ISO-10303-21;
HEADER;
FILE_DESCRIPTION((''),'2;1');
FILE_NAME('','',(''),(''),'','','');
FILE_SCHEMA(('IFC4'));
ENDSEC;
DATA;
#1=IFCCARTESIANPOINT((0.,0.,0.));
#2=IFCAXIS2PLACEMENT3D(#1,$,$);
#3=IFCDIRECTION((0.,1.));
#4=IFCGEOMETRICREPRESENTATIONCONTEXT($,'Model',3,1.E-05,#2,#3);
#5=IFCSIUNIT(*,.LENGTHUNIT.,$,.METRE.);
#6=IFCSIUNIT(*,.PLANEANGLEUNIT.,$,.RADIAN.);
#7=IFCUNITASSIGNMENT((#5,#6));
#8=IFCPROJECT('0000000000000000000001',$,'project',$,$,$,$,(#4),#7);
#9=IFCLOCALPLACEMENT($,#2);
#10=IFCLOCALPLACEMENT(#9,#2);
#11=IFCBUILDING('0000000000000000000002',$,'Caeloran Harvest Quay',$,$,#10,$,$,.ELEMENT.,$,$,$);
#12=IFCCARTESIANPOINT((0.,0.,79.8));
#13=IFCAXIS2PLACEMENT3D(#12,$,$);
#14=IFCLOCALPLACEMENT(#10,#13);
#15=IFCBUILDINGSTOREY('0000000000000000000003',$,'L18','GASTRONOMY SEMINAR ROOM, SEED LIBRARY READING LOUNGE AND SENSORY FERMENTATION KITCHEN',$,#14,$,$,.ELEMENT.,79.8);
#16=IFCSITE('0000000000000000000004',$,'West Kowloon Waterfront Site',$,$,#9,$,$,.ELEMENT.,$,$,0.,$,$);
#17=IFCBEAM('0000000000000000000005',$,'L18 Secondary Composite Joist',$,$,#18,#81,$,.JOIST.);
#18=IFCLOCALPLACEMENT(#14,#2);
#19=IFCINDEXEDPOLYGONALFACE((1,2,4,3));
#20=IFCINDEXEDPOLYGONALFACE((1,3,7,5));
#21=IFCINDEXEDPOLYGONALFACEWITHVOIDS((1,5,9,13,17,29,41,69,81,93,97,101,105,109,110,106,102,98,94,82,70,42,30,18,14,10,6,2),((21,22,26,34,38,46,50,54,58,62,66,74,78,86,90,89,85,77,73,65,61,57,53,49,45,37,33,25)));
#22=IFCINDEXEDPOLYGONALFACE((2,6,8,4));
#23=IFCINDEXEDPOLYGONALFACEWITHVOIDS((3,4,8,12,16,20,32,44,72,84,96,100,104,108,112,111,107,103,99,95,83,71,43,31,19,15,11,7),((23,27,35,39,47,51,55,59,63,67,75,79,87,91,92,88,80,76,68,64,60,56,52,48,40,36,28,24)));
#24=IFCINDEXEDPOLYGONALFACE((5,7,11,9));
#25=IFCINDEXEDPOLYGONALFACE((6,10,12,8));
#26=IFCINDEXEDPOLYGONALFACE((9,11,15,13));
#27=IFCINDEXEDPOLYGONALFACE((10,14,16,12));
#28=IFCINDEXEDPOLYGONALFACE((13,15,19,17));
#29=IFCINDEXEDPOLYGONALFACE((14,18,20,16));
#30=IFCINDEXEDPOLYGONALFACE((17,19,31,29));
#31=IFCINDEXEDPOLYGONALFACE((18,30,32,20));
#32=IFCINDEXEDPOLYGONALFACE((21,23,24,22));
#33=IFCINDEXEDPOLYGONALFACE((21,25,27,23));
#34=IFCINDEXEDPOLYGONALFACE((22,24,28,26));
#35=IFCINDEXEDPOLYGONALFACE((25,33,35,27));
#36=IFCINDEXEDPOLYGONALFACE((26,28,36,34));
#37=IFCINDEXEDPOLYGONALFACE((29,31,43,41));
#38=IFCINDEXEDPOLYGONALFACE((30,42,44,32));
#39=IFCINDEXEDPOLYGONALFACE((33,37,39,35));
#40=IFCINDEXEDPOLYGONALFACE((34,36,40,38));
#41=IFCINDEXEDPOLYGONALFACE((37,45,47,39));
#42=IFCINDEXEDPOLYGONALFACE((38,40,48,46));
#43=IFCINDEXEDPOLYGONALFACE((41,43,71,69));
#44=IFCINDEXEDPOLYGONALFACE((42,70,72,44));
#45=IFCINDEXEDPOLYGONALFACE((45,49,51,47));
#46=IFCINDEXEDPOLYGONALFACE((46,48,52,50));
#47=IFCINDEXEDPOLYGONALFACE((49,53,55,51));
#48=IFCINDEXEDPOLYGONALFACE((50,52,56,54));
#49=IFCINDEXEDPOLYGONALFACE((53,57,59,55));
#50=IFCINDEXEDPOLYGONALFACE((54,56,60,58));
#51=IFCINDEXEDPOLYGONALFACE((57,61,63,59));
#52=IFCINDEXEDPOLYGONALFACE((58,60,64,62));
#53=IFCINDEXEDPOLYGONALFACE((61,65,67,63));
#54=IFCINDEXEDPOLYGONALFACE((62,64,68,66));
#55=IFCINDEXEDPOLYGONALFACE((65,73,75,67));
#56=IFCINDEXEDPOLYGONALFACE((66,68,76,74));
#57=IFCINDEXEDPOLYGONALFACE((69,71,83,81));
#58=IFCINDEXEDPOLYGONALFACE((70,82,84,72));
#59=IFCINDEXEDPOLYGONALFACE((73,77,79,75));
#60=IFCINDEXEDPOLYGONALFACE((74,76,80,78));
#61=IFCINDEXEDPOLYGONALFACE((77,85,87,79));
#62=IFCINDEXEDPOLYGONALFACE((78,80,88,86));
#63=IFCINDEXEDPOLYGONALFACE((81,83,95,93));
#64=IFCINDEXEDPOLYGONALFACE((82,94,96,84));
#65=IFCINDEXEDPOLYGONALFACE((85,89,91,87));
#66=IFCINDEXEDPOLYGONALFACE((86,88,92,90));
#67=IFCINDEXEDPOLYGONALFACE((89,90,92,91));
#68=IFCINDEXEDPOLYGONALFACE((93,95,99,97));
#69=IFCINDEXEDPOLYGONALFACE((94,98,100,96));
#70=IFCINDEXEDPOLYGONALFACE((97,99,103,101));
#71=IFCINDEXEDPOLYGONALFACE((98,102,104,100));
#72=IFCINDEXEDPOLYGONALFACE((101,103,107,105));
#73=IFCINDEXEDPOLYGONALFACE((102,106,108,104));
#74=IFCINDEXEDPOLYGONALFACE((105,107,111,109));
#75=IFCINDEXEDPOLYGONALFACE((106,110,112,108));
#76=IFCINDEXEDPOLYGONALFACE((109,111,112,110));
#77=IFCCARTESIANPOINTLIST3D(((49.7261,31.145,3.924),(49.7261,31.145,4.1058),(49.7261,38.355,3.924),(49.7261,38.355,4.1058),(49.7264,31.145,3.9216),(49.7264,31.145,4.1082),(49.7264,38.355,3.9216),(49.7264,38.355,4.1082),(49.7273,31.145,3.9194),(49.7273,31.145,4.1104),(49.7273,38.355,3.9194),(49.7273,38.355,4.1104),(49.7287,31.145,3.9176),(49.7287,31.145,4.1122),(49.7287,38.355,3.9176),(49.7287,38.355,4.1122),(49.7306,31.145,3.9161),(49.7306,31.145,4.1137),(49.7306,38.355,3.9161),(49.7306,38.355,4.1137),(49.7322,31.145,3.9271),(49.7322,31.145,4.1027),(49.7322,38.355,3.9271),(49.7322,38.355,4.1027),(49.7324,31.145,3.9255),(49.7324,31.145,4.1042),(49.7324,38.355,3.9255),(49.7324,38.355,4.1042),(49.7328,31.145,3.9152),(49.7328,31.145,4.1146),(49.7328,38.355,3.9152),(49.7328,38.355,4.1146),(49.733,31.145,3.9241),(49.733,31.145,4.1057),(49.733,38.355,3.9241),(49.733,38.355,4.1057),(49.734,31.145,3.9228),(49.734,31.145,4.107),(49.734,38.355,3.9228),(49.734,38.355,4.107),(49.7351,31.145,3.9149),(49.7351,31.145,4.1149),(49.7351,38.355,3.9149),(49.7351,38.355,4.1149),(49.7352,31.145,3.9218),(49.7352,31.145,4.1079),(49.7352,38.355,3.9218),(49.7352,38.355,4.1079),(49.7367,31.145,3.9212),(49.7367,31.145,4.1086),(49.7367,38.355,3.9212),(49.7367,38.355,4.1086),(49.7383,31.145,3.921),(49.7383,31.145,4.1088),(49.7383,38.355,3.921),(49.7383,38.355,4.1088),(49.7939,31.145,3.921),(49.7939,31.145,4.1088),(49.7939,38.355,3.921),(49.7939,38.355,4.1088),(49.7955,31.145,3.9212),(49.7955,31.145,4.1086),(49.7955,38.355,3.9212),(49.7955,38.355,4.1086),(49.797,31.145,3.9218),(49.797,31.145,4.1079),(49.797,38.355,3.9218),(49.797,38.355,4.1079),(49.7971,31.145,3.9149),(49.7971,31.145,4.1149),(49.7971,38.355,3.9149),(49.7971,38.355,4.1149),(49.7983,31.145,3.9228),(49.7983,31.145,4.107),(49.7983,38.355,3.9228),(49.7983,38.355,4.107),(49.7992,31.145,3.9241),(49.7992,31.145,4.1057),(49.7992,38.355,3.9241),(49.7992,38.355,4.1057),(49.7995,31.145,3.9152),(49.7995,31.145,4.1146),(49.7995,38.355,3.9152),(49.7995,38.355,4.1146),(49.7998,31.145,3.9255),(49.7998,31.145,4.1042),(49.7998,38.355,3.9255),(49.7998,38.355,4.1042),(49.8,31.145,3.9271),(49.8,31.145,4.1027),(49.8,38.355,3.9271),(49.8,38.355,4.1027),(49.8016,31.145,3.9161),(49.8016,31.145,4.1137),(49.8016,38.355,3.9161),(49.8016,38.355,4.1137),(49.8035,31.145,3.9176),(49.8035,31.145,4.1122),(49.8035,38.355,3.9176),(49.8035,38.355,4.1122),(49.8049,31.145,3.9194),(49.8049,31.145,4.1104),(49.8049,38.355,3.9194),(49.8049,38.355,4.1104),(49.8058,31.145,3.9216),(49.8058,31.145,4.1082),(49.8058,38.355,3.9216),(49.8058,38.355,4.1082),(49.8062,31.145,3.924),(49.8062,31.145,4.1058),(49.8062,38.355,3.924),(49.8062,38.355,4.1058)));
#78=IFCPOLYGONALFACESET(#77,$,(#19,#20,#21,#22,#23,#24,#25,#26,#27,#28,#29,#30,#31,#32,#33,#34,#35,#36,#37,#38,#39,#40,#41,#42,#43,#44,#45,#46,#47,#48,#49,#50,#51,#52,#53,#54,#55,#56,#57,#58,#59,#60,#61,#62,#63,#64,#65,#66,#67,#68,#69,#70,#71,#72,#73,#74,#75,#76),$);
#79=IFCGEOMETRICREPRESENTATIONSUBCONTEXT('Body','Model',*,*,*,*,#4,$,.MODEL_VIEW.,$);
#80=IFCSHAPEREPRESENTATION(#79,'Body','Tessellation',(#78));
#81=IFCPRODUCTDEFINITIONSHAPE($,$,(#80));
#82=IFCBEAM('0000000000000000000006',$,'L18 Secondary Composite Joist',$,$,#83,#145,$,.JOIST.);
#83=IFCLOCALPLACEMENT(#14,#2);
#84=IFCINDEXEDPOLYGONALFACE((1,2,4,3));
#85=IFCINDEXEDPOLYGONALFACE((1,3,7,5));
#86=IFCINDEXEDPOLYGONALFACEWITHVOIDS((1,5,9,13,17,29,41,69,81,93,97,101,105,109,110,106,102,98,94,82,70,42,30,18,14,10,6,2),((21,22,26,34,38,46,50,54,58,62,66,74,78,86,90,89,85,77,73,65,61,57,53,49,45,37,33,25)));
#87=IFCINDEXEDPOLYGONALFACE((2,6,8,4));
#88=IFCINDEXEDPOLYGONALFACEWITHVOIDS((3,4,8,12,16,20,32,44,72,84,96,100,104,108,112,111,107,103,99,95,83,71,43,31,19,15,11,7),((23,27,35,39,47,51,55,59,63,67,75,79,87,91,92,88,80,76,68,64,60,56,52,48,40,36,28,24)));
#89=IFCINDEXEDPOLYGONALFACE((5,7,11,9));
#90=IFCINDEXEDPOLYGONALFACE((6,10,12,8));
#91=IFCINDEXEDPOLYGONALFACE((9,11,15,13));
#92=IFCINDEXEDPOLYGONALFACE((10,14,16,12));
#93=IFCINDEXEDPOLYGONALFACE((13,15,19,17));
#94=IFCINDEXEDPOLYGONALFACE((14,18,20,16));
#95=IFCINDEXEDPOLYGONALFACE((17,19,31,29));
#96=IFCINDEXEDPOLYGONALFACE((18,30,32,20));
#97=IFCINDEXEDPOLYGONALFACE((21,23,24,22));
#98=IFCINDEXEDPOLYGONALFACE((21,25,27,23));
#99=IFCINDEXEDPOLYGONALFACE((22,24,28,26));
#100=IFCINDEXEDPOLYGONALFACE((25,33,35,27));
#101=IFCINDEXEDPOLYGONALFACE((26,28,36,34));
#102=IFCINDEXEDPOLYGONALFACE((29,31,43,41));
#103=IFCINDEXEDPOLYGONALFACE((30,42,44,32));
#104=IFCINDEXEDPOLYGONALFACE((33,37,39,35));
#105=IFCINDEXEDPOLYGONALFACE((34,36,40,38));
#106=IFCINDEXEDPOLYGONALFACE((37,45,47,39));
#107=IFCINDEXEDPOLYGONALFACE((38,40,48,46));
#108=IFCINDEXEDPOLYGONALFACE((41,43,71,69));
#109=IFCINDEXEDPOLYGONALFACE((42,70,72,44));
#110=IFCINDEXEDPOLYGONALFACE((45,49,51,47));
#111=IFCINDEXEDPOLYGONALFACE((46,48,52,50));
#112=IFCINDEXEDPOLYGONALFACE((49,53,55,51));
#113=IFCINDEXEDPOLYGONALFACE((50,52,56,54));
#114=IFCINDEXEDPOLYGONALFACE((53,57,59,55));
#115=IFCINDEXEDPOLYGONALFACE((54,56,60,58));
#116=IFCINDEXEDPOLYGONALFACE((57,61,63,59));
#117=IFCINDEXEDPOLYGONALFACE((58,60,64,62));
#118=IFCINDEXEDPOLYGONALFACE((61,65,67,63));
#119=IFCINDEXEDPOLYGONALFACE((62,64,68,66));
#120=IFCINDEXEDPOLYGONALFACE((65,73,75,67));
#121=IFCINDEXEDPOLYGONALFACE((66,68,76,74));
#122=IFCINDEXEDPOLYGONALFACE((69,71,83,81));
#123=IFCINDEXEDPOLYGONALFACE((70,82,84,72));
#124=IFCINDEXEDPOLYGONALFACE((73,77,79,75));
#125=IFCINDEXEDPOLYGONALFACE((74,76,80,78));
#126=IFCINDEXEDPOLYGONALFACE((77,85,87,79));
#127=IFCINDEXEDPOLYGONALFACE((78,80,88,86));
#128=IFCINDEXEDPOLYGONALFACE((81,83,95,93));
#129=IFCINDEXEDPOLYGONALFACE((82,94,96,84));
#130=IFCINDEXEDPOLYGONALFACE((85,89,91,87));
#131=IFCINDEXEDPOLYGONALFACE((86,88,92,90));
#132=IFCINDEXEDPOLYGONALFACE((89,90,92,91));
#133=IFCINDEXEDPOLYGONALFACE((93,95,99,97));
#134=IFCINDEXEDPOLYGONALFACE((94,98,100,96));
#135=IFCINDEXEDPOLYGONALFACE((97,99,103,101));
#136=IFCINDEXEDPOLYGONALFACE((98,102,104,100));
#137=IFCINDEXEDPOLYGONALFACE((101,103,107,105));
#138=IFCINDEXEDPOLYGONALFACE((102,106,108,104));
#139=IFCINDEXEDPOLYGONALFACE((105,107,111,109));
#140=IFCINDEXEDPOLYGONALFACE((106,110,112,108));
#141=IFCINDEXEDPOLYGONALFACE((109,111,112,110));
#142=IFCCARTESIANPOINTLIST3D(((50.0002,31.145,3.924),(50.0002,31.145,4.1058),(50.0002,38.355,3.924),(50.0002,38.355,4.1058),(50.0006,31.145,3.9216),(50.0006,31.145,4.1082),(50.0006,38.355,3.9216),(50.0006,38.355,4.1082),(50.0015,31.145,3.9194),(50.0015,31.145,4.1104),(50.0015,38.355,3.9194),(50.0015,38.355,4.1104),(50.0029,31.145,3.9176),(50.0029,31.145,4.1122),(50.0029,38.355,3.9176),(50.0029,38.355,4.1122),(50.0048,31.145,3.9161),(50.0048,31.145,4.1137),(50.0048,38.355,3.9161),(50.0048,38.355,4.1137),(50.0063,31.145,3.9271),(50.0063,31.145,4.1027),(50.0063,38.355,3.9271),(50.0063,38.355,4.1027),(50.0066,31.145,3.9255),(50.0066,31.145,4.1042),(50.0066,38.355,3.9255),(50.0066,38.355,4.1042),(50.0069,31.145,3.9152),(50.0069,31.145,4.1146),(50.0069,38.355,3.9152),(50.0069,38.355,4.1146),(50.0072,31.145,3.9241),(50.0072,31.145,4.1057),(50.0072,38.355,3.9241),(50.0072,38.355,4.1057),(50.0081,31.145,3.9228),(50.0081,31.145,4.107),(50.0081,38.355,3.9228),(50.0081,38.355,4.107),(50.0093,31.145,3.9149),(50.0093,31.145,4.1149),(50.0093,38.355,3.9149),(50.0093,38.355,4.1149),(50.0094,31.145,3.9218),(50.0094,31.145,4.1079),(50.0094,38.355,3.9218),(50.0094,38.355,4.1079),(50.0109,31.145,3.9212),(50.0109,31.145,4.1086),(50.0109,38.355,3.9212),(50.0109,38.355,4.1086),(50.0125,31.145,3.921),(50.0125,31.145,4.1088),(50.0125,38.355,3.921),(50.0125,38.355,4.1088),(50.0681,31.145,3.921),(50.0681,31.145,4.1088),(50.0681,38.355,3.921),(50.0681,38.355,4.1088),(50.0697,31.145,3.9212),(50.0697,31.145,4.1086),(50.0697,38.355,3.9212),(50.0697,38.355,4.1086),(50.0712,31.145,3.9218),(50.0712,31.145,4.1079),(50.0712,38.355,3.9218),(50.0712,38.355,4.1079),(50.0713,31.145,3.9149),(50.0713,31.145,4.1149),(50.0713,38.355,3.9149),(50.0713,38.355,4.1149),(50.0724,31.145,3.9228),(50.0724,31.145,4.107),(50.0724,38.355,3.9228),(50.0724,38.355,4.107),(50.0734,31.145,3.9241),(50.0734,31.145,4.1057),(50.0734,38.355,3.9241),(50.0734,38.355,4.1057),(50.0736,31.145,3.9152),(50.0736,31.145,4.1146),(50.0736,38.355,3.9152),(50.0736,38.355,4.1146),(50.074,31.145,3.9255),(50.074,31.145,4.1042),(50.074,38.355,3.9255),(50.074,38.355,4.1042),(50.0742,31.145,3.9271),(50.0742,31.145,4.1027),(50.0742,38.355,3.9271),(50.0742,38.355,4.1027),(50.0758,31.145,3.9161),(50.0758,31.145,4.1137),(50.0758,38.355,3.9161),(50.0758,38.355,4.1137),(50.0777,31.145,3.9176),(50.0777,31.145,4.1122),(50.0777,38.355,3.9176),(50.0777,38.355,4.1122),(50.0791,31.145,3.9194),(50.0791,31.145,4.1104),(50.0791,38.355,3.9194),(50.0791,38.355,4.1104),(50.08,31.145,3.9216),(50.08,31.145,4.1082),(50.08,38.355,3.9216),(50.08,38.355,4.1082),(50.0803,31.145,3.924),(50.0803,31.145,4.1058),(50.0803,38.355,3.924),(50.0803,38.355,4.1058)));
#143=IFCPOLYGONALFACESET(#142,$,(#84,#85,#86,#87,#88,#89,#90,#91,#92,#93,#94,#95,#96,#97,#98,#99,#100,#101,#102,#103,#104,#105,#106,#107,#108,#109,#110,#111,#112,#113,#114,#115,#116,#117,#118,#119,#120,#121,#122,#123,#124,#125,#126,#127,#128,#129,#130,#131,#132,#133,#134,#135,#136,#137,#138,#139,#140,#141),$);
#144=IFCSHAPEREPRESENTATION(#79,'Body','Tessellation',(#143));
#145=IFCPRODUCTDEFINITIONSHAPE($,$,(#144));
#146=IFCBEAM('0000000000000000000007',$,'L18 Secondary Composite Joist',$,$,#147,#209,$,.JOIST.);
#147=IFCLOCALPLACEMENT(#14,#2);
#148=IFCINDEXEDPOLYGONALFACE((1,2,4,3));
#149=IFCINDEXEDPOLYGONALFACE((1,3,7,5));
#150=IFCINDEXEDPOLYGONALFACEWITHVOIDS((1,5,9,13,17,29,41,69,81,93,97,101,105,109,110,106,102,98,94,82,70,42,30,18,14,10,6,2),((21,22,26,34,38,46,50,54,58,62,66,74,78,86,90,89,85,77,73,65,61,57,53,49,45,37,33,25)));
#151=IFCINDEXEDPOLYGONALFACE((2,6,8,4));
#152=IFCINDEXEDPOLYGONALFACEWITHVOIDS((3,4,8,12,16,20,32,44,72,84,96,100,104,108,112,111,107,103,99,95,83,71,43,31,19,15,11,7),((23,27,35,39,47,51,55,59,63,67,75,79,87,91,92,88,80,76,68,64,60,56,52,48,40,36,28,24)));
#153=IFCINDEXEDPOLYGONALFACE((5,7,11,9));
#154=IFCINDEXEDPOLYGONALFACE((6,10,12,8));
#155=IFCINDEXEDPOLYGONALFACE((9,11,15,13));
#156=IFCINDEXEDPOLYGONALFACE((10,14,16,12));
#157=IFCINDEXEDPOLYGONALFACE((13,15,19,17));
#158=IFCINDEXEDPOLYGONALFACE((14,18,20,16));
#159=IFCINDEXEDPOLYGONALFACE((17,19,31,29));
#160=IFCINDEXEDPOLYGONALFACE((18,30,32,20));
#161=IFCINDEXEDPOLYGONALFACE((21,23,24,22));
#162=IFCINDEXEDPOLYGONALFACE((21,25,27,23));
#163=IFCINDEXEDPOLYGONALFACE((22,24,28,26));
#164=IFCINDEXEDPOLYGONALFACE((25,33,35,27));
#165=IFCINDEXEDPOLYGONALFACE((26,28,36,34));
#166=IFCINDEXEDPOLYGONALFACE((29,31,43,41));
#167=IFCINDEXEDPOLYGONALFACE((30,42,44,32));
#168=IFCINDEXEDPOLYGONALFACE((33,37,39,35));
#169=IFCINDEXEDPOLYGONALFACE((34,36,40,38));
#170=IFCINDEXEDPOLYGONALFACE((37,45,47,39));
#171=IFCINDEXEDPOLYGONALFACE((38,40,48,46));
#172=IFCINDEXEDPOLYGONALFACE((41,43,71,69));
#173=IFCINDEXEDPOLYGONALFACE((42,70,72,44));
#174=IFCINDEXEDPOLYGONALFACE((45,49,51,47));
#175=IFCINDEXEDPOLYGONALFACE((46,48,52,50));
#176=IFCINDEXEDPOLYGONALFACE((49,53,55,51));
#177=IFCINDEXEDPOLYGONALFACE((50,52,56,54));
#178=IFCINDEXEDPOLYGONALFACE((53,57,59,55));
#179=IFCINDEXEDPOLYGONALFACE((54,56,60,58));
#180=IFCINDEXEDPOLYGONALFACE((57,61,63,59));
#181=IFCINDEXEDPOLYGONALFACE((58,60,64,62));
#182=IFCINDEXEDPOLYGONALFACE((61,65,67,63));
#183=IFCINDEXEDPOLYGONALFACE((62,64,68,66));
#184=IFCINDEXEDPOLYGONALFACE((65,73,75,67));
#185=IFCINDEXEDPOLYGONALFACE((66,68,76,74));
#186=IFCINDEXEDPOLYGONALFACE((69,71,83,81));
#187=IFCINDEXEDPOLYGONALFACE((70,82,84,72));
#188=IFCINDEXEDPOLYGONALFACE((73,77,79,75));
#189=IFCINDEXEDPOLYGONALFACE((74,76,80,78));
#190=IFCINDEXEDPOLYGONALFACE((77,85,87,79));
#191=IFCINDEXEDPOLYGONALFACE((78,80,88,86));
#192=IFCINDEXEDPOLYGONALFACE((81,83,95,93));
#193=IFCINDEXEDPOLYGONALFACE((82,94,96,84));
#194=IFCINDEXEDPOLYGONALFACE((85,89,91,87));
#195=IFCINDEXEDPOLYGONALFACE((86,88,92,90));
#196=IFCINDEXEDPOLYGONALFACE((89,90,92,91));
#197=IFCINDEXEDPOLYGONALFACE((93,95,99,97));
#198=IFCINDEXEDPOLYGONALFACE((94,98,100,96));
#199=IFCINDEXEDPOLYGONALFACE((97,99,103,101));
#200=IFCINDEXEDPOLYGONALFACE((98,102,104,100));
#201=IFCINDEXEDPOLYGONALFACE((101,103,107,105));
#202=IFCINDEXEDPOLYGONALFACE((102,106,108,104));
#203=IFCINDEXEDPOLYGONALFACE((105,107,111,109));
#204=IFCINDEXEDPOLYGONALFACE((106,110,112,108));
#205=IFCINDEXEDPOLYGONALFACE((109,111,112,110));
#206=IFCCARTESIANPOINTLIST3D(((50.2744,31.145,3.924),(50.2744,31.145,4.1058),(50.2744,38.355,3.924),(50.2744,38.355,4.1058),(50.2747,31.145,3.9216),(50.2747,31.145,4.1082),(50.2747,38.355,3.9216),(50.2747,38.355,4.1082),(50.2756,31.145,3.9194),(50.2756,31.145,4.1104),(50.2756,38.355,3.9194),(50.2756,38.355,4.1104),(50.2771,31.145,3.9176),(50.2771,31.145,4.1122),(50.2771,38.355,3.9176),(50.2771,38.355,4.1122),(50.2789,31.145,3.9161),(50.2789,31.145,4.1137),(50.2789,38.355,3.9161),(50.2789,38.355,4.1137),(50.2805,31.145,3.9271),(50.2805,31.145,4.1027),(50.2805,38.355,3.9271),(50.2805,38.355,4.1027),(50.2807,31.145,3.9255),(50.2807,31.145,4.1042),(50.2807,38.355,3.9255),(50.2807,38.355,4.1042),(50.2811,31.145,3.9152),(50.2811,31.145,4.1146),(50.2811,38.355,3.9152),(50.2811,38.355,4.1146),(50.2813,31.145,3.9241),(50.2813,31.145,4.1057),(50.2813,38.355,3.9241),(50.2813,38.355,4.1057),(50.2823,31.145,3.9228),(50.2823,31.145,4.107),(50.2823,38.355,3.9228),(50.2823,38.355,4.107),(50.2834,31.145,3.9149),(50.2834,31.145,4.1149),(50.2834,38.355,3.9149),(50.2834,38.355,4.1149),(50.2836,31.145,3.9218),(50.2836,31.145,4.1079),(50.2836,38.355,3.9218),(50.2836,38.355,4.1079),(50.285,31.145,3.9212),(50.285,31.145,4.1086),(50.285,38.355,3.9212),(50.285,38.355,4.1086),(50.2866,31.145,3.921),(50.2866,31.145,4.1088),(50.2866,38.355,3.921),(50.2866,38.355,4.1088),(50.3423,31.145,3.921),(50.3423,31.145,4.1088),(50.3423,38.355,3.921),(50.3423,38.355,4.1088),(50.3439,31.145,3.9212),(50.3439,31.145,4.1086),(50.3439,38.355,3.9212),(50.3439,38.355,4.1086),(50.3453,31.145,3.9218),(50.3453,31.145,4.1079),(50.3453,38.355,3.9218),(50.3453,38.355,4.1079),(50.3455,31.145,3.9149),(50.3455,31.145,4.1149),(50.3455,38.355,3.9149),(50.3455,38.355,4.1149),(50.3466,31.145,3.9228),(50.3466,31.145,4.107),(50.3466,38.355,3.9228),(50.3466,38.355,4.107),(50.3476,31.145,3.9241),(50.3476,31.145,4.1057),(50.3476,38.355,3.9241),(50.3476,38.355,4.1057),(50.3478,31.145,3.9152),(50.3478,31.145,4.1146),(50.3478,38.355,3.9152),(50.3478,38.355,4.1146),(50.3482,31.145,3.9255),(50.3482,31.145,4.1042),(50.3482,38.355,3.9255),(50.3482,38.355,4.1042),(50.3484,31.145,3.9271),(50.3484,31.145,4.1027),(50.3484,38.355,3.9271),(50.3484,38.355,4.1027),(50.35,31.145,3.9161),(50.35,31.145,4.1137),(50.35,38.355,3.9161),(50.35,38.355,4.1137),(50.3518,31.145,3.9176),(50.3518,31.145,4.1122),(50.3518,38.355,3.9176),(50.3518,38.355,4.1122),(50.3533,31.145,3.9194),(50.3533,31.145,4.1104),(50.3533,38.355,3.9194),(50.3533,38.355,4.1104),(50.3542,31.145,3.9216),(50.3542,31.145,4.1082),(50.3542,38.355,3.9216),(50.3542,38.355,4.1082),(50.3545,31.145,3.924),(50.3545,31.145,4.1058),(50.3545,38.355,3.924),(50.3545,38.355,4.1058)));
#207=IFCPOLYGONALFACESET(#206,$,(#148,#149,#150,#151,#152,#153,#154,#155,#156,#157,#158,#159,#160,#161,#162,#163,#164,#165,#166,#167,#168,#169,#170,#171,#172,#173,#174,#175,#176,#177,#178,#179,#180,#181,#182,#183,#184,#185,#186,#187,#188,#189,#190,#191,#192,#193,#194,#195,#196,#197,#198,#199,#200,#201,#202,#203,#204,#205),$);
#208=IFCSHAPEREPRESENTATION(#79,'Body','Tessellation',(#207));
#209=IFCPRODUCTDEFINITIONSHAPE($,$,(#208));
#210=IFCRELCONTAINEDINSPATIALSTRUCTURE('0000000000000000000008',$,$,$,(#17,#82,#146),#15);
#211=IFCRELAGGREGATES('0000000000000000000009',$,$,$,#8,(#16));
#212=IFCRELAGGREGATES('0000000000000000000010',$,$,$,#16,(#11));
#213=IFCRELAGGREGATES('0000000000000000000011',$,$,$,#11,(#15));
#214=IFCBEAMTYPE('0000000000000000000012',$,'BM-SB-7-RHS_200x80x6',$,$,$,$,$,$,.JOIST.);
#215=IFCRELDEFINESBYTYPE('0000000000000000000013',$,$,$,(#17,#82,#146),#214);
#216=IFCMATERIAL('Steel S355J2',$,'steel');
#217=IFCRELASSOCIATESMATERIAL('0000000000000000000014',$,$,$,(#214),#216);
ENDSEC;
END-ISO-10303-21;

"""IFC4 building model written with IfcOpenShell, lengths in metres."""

from ifc_helpers import new_model, si_unit, direction, frame, origin, origin_2d, place, context, subcontext, project, spatial, hollow_rectangle, extrude, material, material_profile, profile_set, type_object, element, save


model = new_model("IFC4")

# Units and contexts
model_context = context("Model", 3, precision=1e-05, world=origin(), true_north=direction((0.0, 1.0)))
body_context = subcontext(model_context, "Body", "Model", "MODEL_VIEW")
ifc_project = project(units=[si_unit("LENGTHUNIT", "METRE"), si_unit("PLANEANGLEUNIT", "RADIAN")], contexts=[model_context])

# Site, building, storey
site_placement = place(None, origin())
site = spatial("IfcSite", under=ifc_project, at=site_placement, Name="West Kowloon Waterfront Site", CompositionType="ELEMENT", RefElevation=0.0)
building_placement = place(site_placement, origin())
building = spatial("IfcBuilding", under=site, at=building_placement, Name="Caeloran Harvest Quay", CompositionType="ELEMENT")
storey_placement = place(building_placement, frame((0.0, 0.0, 79.8)))
storey = spatial("IfcBuildingStorey", under=building, at=storey_placement, Name="L18", Description="GASTRONOMY SEMINAR ROOM, SEED LIBRARY READING LOUNGE AND SENSORY FERMENTATION KITCHEN", CompositionType="ELEMENT", Elevation=79.8)

# Beams
ifc_material_1 = material(Name="Steel S355J2", Category="steel")
ifc_material_profile_1 = material_profile(ifc_material_1, hollow_rectangle(XDim=0.0801, YDim=0.2, WallThickness=0.0061, InnerFilletRadius=0.0061, OuterFilletRadius=0.009, at=origin_2d()), Name="RHS 200x80x6")
ifc_profile_set_1 = profile_set([ifc_material_profile_1], Name="Steel S355J2")
beam_type_1 = type_object("IfcBeamType", Name="BM-SB-7-RHS_200x80x6", PredefinedType="JOIST", material=ifc_profile_set_1)
for number, where, z_axis, x_axis, name in (
    (1, (49.7661, 31.145, 4.0149), (0.0, 1.0, 0.0), (-1.0, 0.0, 0.0), "L18 Secondary Composite Joist"),
    (2, (50.0403, 31.145, 4.0149), (0.0, 1.0, 0.0), (-1.0, 0.0, 0.0), "L18 Secondary Composite Joist"),
    (3, (50.3145, 31.145, 4.0149), (0.0, 1.0, 0.0), (-1.0, 0.0, 0.0), "L18 Secondary Composite Joist"),
):
    element("IfcBeam", number, at=place(storey_placement, frame(where, z_axis=z_axis, x_axis=x_axis)), inside=storey, type_object=beam_type_1, Name=name, PredefinedType="JOIST", context=body_context, shape_type="SweptSolid", body=[
        extrude(hollow_rectangle(XDim=0.0801, YDim=0.2, WallThickness=0.0061, InnerFilletRadius=0.0061, OuterFilletRadius=0.009, at=origin_2d()), origin(), (0.0, 0.0, 1.0), 7.21),
    ])

save(model, "model.ifc")
